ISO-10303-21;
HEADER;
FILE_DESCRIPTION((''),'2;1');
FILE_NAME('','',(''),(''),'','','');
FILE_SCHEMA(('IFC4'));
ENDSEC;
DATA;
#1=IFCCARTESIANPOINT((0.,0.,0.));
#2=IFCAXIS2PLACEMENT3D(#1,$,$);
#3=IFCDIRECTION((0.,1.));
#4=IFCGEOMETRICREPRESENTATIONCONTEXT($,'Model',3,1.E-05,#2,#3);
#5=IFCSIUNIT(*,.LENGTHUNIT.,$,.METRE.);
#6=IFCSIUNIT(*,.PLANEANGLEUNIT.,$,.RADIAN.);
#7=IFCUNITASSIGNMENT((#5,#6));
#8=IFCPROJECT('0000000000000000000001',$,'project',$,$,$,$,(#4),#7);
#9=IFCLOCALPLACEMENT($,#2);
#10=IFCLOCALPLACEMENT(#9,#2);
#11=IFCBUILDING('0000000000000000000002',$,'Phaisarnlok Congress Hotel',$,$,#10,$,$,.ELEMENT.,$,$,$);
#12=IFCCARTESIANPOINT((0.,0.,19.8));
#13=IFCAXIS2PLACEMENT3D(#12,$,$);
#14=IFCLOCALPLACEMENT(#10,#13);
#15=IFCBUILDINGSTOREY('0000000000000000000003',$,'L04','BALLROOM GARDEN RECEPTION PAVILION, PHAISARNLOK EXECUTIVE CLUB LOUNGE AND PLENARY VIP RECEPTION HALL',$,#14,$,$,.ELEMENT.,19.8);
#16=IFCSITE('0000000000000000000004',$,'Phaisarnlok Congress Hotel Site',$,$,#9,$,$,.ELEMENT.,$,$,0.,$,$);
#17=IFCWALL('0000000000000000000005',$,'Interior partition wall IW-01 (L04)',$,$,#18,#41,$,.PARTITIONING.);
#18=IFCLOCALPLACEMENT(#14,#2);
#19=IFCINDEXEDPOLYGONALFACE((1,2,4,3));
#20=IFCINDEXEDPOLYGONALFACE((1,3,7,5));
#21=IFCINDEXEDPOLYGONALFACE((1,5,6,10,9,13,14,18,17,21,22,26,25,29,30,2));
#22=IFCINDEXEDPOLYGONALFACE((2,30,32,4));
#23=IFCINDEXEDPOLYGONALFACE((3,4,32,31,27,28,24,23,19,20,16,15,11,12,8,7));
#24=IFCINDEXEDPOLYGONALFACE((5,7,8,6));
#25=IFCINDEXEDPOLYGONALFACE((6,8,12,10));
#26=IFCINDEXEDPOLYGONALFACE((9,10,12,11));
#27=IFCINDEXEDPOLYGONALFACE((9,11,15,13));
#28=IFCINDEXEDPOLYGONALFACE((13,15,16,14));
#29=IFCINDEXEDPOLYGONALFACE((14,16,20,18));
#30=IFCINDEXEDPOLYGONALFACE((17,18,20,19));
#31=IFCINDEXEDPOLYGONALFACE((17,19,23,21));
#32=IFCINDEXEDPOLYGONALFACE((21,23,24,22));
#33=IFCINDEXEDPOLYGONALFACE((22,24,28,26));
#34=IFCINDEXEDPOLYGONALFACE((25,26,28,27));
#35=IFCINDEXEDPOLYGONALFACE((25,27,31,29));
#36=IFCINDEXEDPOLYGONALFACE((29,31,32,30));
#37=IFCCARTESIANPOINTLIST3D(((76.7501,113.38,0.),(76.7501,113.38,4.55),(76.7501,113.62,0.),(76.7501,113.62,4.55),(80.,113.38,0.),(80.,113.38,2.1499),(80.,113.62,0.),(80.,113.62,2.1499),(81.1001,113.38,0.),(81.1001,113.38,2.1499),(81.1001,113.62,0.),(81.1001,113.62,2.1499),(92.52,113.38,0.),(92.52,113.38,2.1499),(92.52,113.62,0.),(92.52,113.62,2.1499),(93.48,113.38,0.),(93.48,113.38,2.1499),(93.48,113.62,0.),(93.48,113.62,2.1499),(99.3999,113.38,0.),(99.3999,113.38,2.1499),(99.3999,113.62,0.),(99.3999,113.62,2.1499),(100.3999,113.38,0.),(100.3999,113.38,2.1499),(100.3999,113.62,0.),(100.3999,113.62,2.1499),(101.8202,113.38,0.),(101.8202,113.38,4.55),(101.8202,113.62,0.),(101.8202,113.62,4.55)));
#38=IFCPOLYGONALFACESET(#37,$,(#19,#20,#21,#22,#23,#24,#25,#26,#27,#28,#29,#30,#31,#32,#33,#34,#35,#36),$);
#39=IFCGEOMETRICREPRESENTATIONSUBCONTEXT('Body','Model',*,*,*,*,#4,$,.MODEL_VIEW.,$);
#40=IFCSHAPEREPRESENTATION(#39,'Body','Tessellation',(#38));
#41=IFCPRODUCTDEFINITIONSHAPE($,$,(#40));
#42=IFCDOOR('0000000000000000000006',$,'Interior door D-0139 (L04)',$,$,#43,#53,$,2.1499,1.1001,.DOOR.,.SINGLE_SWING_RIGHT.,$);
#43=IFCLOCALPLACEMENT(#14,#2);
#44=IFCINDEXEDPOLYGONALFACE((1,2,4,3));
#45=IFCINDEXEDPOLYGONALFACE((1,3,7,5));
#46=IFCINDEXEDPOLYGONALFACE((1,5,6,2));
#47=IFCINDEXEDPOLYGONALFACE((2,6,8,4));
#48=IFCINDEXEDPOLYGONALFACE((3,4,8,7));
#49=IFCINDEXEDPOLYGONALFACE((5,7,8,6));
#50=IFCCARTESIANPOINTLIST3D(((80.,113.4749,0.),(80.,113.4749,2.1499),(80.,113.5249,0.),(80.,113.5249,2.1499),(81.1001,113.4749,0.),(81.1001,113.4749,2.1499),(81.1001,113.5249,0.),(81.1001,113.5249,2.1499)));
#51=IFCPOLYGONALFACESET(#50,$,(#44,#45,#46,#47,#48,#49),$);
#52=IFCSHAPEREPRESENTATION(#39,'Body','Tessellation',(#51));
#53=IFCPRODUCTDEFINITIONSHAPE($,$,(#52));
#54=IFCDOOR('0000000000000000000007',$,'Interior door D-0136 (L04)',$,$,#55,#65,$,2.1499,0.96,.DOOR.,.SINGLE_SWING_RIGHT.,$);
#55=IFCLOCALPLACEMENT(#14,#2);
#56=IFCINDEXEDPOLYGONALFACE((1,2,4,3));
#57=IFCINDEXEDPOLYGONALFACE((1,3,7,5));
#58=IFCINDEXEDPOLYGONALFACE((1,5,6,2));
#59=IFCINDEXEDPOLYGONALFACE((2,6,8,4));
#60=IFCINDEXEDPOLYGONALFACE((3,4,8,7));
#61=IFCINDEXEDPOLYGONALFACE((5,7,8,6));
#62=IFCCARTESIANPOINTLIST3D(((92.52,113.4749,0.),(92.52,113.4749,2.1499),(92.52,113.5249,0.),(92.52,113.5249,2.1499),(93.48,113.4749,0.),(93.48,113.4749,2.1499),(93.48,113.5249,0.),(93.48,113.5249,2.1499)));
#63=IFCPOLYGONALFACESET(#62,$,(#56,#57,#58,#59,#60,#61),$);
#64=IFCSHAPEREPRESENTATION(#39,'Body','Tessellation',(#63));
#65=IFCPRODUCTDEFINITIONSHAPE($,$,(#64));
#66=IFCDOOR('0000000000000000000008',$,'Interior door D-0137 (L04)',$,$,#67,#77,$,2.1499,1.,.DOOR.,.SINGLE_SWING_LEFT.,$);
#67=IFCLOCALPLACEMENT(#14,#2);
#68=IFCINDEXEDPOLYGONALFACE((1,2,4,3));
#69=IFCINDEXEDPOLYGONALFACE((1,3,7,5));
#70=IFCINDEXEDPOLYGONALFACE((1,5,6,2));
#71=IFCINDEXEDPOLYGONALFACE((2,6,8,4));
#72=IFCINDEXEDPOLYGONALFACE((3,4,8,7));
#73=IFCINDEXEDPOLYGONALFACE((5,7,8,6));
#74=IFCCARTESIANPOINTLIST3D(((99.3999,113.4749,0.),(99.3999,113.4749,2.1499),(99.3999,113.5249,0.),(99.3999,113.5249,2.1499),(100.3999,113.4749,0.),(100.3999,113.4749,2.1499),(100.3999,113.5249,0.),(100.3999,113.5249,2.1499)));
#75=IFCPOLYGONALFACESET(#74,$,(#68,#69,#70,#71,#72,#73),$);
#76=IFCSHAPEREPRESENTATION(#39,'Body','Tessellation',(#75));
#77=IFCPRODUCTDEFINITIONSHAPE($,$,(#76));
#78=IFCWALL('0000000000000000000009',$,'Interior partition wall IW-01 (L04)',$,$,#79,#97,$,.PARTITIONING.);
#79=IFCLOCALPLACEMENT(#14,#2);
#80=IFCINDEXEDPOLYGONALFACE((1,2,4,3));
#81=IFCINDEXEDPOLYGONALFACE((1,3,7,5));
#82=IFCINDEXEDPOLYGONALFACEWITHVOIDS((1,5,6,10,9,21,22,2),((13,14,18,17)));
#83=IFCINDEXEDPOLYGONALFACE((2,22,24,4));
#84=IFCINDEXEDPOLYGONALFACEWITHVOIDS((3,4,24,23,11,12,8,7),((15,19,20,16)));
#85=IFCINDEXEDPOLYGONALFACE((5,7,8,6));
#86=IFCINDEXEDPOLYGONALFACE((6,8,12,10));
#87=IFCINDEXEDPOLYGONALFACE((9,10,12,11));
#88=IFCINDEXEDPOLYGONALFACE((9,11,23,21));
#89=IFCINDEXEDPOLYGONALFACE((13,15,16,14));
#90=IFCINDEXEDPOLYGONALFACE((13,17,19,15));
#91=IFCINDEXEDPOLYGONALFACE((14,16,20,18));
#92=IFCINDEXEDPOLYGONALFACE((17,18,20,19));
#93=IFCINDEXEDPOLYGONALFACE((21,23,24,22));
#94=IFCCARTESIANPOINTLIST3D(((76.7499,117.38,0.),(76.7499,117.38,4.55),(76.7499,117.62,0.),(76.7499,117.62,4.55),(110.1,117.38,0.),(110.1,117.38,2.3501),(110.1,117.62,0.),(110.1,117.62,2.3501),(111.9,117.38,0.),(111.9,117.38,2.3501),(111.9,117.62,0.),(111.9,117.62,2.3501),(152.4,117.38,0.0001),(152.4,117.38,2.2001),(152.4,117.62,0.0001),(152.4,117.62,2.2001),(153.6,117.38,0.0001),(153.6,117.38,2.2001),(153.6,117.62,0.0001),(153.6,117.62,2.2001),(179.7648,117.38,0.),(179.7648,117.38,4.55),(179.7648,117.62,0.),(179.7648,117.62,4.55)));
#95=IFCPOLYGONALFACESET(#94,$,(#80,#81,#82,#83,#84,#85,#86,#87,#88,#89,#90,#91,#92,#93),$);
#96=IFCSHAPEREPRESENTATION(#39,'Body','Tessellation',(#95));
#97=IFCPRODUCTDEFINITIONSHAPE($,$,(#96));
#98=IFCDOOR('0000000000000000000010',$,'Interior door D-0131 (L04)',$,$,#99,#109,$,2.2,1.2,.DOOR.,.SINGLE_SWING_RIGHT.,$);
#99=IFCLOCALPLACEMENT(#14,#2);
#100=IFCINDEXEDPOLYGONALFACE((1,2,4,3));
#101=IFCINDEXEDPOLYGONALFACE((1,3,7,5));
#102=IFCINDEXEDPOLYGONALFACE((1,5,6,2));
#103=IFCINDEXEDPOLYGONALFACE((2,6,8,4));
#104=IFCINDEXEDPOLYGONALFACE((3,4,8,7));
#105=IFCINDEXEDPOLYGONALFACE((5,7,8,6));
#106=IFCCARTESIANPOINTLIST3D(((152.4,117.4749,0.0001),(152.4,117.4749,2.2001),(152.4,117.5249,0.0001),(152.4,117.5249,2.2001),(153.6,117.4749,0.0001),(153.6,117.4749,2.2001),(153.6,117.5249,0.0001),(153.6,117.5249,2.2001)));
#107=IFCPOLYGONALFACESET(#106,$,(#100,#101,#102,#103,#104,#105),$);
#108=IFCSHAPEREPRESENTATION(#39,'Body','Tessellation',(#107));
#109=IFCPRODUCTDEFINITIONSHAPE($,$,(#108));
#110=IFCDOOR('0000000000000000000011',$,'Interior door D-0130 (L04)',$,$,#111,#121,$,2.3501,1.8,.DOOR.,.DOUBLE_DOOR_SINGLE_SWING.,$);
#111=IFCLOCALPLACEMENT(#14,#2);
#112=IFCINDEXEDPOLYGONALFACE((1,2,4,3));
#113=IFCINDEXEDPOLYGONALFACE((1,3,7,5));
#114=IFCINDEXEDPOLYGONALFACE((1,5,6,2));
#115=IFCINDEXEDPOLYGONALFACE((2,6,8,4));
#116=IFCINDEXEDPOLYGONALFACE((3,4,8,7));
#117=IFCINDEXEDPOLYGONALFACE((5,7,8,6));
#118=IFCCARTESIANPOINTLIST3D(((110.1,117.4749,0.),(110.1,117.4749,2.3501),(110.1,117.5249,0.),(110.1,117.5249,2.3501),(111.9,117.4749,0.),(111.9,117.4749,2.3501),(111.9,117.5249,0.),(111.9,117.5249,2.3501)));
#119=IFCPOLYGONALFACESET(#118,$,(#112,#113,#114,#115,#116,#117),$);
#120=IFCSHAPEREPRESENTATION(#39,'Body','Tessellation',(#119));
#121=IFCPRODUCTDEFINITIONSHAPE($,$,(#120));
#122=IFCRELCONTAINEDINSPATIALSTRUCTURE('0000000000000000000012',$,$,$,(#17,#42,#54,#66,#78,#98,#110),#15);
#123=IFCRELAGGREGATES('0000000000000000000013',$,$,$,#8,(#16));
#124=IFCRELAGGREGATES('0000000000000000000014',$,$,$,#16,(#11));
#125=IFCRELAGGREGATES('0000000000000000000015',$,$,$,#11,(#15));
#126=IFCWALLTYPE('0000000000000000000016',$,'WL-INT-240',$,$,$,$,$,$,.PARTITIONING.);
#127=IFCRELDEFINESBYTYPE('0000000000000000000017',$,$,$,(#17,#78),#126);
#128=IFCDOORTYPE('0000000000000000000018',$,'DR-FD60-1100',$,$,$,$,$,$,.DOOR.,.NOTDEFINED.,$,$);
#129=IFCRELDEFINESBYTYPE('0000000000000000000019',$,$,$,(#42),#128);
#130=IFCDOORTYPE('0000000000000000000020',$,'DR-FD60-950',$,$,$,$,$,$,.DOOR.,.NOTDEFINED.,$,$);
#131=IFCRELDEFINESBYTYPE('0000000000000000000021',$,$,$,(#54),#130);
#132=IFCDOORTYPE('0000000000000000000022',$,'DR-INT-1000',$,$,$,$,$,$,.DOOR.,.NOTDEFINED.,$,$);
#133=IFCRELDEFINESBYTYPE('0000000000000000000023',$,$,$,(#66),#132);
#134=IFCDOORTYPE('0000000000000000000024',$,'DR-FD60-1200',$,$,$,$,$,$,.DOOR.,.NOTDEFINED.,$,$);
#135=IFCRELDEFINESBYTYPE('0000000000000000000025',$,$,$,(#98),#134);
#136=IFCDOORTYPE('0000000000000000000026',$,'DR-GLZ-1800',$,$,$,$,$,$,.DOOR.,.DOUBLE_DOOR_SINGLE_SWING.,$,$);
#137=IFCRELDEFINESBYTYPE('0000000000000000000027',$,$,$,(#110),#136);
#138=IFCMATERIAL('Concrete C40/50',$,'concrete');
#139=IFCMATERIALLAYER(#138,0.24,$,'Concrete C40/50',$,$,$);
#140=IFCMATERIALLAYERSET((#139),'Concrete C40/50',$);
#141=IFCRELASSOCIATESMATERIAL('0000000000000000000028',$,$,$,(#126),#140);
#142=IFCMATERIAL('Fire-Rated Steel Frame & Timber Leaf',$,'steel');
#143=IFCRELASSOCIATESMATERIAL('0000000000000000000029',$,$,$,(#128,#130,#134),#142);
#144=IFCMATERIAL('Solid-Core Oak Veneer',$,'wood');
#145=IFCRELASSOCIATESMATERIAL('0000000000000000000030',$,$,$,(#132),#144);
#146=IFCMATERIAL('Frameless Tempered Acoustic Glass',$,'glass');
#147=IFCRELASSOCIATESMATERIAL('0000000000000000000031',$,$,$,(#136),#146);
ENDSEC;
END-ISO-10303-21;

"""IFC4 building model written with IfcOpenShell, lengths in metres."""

from ifc_helpers import new_model, si_unit, direction, frame, frame_2d, origin, place, context, subcontext, project, spatial, rectangle, extrude, material, layer, layer_set, type_object, element, fill, save


model = new_model("IFC4")

# Units and contexts
model_context = context("Model", 3, precision=1e-05, world=origin(), true_north=direction((0.0, 1.0)))
body_context = subcontext(model_context, "Body", "Model", "MODEL_VIEW")
ifc_project = project(units=[si_unit("LENGTHUNIT", "METRE"), si_unit("PLANEANGLEUNIT", "RADIAN")], contexts=[model_context])

# Site, building, storey
site_placement = place(None, origin())
site = spatial("IfcSite", under=ifc_project, at=site_placement, Name="Phaisarnlok Congress Hotel Site", CompositionType="ELEMENT", RefElevation=0.0)
building_placement = place(site_placement, origin())
building = spatial("IfcBuilding", under=site, at=building_placement, Name="Phaisarnlok Congress Hotel", CompositionType="ELEMENT")
storey_placement = place(building_placement, frame((0.0, 0.0, 19.8)))
storey = spatial("IfcBuildingStorey", under=building, at=storey_placement, Name="L04", Description="BALLROOM GARDEN RECEPTION PAVILION, PHAISARNLOK EXECUTIVE CLUB LOUNGE AND PLENARY VIP RECEPTION HALL", CompositionType="ELEMENT", Elevation=19.8)

# Shared definitions
ifc_material_1 = material(Name="Concrete C40/50", Category="concrete")

# Shared definitions
ifc_layer_1 = layer(ifc_material_1, 0.24, Name="Concrete C40/50")
ifc_layer_set_1 = layer_set([ifc_layer_1], Name="Concrete C40/50")
wall_type_1 = type_object("IfcWallType", Name="WL-INT-240", PredefinedType="PARTITIONING", material=ifc_layer_set_1)

# Walls, openings, doors
wall_1_placement = place(storey_placement, frame((76.75, 113.5, 0.0), z_axis=(0.0, 0.0, 1.0), x_axis=(1.0, 0.0, 0.0)))
wall_1 = element("IfcWall", 1, at=wall_1_placement, inside=storey, type_object=wall_type_1, Name="Interior partition wall IW-01 (L04)", PredefinedType="PARTITIONING", context=body_context, shape_type="SweptSolid", body=[
    extrude(rectangle(XDim=25.0701, YDim=0.24, at=frame_2d((12.5352, 0.0))), origin(), (0.0, 0.0, 1.0), 4.55),
])
opening_1_placement = place(wall_1_placement, frame((15.77, 0.0, 0.0)))
opening_1 = element("IfcOpeningElement", 2, at=opening_1_placement, cuts=wall_1, PredefinedType="OPENING", context=body_context, shape_type="SweptSolid", body=[
    extrude(rectangle(XDim=0.96, YDim=2.1499, at=frame_2d((0.48, 1.075))), frame((0.0, 0.1299, 0.0), z_axis=(0.0, -1.0, 0.0), x_axis=(1.0, 0.0, 0.0)), (0.0, 0.0, 1.0), 0.26),
])
opening_2_placement = place(wall_1_placement, frame((22.6499, 0.0, 0.0)))
opening_2 = element("IfcOpeningElement", 3, at=opening_2_placement, cuts=wall_1, PredefinedType="OPENING", context=body_context, shape_type="SweptSolid", body=[
    extrude(rectangle(XDim=1.0, YDim=2.1499, at=frame_2d((0.5, 1.075))), frame((0.0, 0.1299, 0.0), z_axis=(0.0, -1.0, 0.0), x_axis=(1.0, 0.0, 0.0)), (0.0, 0.0, 1.0), 0.26),
])
opening_3_placement = place(wall_1_placement, frame((3.25, 0.0, 0.0)))
opening_3 = element("IfcOpeningElement", 4, at=opening_3_placement, cuts=wall_1, PredefinedType="OPENING", context=body_context, shape_type="SweptSolid", body=[
    extrude(rectangle(XDim=1.1001, YDim=2.1499, at=frame_2d((0.55, 1.075))), frame((0.0, 0.1299, 0.0), z_axis=(0.0, -1.0, 0.0), x_axis=(1.0, 0.0, 0.0)), (0.0, 0.0, 1.0), 0.26),
])
ifc_material_2 = material(Name="Fire-Rated Steel Frame & Timber Leaf", Category="steel")
door_type_1 = type_object("IfcDoorType", Name="DR-FD60-1100", OperationType="NOTDEFINED", PredefinedType="DOOR", material=ifc_material_2)
door_1_placement = place(opening_3_placement, origin())
door_1 = element("IfcDoor", 5, at=door_1_placement, inside=storey, type_object=door_type_1, Name="Interior door D-0139 (L04)", OperationType="SINGLE_SWING_RIGHT", OverallHeight=2.1499, OverallWidth=1.1001, PredefinedType="DOOR", context=body_context, shape_type="SweptSolid", body=[
    extrude(rectangle(XDim=1.1001, YDim=2.1499, at=frame_2d((0.55, 1.075))), frame((0.0, 0.0249, 0.0), z_axis=(0.0, -1.0, 0.0), x_axis=(1.0, 0.0, 0.0)), (0.0, 0.0, 1.0), 0.05),
])
fill(opening_3, door_1)
door_type_2 = type_object("IfcDoorType", Name="DR-FD60-950", OperationType="NOTDEFINED", PredefinedType="DOOR", material=ifc_material_2)
door_2_placement = place(opening_1_placement, origin())
door_2 = element("IfcDoor", 6, at=door_2_placement, inside=storey, type_object=door_type_2, Name="Interior door D-0136 (L04)", OperationType="SINGLE_SWING_RIGHT", OverallHeight=2.1499, OverallWidth=0.96, PredefinedType="DOOR", context=body_context, shape_type="SweptSolid", body=[
    extrude(rectangle(XDim=0.96, YDim=2.1499, at=frame_2d((0.48, 1.075))), frame((0.0, 0.0249, 0.0), z_axis=(0.0, -1.0, 0.0), x_axis=(1.0, 0.0, 0.0)), (0.0, 0.0, 1.0), 0.05),
])
fill(opening_1, door_2)
ifc_material_3 = material(Name="Solid-Core Oak Veneer", Category="wood")
door_type_3 = type_object("IfcDoorType", Name="DR-INT-1000", OperationType="NOTDEFINED", PredefinedType="DOOR", material=ifc_material_3)
door_3_placement = place(opening_2_placement, origin())
door_3 = element("IfcDoor", 7, at=door_3_placement, inside=storey, type_object=door_type_3, Name="Interior door D-0137 (L04)", OperationType="SINGLE_SWING_LEFT", OverallHeight=2.1499, OverallWidth=1.0, PredefinedType="DOOR", context=body_context, shape_type="SweptSolid", body=[
    extrude(rectangle(XDim=1.0, YDim=2.1499, at=frame_2d((0.5, 1.075))), frame((0.0, 0.0249, 0.0), z_axis=(0.0, -1.0, 0.0), x_axis=(1.0, 0.0, 0.0)), (0.0, 0.0, 1.0), 0.05),
])
fill(opening_2, door_3)
wall_2_placement = place(storey_placement, frame((76.75, 117.5, 0.0), z_axis=(0.0, 0.0, 1.0), x_axis=(1.0, 0.0, 0.0)))
wall_2 = element("IfcWall", 8, at=wall_2_placement, inside=storey, type_object=wall_type_1, Name="Interior partition wall IW-01 (L04)", PredefinedType="PARTITIONING", context=body_context, shape_type="SweptSolid", body=[
    extrude(rectangle(XDim=103.0149, YDim=0.24, at=frame_2d((51.5073, 0.0))), origin(), (0.0, 0.0, 1.0), 4.55),
])
opening_4_placement = place(wall_2_placement, frame((33.3501, 0.0, 0.0)))
opening_4 = element("IfcOpeningElement", 9, at=opening_4_placement, cuts=wall_2, PredefinedType="OPENING", context=body_context, shape_type="SweptSolid", body=[
    extrude(rectangle(XDim=1.8, YDim=2.3501, at=frame_2d((0.8999, 1.175))), frame((0.0, 0.1299, 0.0), z_axis=(0.0, -1.0, 0.0), x_axis=(1.0, 0.0, 0.0)), (0.0, 0.0, 1.0), 0.26),
])
opening_5_placement = place(wall_2_placement, frame((75.6499, 0.0, 0.0)))
opening_5 = element("IfcOpeningElement", 10, at=opening_5_placement, cuts=wall_2, PredefinedType="OPENING", context=body_context, shape_type="SweptSolid", body=[
    extrude(rectangle(XDim=1.2, YDim=2.2, at=frame_2d((0.6001, 1.1001))), frame((0.0, 0.1299, 0.0), z_axis=(0.0, -1.0, 0.0), x_axis=(1.0, 0.0, 0.0)), (0.0, 0.0, 1.0), 0.26),
])
door_type_4 = type_object("IfcDoorType", Name="DR-FD60-1200", OperationType="NOTDEFINED", PredefinedType="DOOR", material=ifc_material_2)
door_4_placement = place(opening_5_placement, origin())
door_4 = element("IfcDoor", 11, at=door_4_placement, inside=storey, type_object=door_type_4, Name="Interior door D-0131 (L04)", OperationType="SINGLE_SWING_RIGHT", OverallHeight=2.2, OverallWidth=1.2, PredefinedType="DOOR", context=body_context, shape_type="SweptSolid", body=[
    extrude(rectangle(XDim=1.2, YDim=2.2, at=frame_2d((0.6001, 1.1001))), frame((0.0, 0.0249, 0.0), z_axis=(0.0, -1.0, 0.0), x_axis=(1.0, 0.0, 0.0)), (0.0, 0.0, 1.0), 0.05),
])
fill(opening_5, door_4)
ifc_material_4 = material(Name="Frameless Tempered Acoustic Glass", Category="glass")
door_type_5 = type_object("IfcDoorType", Name="DR-GLZ-1800", OperationType="DOUBLE_DOOR_SINGLE_SWING", PredefinedType="DOOR", material=ifc_material_4)
door_5_placement = place(opening_4_placement, origin())
door_5 = element("IfcDoor", 12, at=door_5_placement, inside=storey, type_object=door_type_5, Name="Interior door D-0130 (L04)", OperationType="DOUBLE_DOOR_SINGLE_SWING", OverallHeight=2.3501, OverallWidth=1.8, PredefinedType="DOOR", context=body_context, shape_type="SweptSolid", body=[
    extrude(rectangle(XDim=1.8, YDim=2.3501, at=frame_2d((0.8999, 1.175))), frame((0.0, 0.0249, 0.0), z_axis=(0.0, -1.0, 0.0), x_axis=(1.0, 0.0, 0.0)), (0.0, 0.0, 1.0), 0.05),
])
fill(opening_4, door_5)

save(model, "model.ifc")
